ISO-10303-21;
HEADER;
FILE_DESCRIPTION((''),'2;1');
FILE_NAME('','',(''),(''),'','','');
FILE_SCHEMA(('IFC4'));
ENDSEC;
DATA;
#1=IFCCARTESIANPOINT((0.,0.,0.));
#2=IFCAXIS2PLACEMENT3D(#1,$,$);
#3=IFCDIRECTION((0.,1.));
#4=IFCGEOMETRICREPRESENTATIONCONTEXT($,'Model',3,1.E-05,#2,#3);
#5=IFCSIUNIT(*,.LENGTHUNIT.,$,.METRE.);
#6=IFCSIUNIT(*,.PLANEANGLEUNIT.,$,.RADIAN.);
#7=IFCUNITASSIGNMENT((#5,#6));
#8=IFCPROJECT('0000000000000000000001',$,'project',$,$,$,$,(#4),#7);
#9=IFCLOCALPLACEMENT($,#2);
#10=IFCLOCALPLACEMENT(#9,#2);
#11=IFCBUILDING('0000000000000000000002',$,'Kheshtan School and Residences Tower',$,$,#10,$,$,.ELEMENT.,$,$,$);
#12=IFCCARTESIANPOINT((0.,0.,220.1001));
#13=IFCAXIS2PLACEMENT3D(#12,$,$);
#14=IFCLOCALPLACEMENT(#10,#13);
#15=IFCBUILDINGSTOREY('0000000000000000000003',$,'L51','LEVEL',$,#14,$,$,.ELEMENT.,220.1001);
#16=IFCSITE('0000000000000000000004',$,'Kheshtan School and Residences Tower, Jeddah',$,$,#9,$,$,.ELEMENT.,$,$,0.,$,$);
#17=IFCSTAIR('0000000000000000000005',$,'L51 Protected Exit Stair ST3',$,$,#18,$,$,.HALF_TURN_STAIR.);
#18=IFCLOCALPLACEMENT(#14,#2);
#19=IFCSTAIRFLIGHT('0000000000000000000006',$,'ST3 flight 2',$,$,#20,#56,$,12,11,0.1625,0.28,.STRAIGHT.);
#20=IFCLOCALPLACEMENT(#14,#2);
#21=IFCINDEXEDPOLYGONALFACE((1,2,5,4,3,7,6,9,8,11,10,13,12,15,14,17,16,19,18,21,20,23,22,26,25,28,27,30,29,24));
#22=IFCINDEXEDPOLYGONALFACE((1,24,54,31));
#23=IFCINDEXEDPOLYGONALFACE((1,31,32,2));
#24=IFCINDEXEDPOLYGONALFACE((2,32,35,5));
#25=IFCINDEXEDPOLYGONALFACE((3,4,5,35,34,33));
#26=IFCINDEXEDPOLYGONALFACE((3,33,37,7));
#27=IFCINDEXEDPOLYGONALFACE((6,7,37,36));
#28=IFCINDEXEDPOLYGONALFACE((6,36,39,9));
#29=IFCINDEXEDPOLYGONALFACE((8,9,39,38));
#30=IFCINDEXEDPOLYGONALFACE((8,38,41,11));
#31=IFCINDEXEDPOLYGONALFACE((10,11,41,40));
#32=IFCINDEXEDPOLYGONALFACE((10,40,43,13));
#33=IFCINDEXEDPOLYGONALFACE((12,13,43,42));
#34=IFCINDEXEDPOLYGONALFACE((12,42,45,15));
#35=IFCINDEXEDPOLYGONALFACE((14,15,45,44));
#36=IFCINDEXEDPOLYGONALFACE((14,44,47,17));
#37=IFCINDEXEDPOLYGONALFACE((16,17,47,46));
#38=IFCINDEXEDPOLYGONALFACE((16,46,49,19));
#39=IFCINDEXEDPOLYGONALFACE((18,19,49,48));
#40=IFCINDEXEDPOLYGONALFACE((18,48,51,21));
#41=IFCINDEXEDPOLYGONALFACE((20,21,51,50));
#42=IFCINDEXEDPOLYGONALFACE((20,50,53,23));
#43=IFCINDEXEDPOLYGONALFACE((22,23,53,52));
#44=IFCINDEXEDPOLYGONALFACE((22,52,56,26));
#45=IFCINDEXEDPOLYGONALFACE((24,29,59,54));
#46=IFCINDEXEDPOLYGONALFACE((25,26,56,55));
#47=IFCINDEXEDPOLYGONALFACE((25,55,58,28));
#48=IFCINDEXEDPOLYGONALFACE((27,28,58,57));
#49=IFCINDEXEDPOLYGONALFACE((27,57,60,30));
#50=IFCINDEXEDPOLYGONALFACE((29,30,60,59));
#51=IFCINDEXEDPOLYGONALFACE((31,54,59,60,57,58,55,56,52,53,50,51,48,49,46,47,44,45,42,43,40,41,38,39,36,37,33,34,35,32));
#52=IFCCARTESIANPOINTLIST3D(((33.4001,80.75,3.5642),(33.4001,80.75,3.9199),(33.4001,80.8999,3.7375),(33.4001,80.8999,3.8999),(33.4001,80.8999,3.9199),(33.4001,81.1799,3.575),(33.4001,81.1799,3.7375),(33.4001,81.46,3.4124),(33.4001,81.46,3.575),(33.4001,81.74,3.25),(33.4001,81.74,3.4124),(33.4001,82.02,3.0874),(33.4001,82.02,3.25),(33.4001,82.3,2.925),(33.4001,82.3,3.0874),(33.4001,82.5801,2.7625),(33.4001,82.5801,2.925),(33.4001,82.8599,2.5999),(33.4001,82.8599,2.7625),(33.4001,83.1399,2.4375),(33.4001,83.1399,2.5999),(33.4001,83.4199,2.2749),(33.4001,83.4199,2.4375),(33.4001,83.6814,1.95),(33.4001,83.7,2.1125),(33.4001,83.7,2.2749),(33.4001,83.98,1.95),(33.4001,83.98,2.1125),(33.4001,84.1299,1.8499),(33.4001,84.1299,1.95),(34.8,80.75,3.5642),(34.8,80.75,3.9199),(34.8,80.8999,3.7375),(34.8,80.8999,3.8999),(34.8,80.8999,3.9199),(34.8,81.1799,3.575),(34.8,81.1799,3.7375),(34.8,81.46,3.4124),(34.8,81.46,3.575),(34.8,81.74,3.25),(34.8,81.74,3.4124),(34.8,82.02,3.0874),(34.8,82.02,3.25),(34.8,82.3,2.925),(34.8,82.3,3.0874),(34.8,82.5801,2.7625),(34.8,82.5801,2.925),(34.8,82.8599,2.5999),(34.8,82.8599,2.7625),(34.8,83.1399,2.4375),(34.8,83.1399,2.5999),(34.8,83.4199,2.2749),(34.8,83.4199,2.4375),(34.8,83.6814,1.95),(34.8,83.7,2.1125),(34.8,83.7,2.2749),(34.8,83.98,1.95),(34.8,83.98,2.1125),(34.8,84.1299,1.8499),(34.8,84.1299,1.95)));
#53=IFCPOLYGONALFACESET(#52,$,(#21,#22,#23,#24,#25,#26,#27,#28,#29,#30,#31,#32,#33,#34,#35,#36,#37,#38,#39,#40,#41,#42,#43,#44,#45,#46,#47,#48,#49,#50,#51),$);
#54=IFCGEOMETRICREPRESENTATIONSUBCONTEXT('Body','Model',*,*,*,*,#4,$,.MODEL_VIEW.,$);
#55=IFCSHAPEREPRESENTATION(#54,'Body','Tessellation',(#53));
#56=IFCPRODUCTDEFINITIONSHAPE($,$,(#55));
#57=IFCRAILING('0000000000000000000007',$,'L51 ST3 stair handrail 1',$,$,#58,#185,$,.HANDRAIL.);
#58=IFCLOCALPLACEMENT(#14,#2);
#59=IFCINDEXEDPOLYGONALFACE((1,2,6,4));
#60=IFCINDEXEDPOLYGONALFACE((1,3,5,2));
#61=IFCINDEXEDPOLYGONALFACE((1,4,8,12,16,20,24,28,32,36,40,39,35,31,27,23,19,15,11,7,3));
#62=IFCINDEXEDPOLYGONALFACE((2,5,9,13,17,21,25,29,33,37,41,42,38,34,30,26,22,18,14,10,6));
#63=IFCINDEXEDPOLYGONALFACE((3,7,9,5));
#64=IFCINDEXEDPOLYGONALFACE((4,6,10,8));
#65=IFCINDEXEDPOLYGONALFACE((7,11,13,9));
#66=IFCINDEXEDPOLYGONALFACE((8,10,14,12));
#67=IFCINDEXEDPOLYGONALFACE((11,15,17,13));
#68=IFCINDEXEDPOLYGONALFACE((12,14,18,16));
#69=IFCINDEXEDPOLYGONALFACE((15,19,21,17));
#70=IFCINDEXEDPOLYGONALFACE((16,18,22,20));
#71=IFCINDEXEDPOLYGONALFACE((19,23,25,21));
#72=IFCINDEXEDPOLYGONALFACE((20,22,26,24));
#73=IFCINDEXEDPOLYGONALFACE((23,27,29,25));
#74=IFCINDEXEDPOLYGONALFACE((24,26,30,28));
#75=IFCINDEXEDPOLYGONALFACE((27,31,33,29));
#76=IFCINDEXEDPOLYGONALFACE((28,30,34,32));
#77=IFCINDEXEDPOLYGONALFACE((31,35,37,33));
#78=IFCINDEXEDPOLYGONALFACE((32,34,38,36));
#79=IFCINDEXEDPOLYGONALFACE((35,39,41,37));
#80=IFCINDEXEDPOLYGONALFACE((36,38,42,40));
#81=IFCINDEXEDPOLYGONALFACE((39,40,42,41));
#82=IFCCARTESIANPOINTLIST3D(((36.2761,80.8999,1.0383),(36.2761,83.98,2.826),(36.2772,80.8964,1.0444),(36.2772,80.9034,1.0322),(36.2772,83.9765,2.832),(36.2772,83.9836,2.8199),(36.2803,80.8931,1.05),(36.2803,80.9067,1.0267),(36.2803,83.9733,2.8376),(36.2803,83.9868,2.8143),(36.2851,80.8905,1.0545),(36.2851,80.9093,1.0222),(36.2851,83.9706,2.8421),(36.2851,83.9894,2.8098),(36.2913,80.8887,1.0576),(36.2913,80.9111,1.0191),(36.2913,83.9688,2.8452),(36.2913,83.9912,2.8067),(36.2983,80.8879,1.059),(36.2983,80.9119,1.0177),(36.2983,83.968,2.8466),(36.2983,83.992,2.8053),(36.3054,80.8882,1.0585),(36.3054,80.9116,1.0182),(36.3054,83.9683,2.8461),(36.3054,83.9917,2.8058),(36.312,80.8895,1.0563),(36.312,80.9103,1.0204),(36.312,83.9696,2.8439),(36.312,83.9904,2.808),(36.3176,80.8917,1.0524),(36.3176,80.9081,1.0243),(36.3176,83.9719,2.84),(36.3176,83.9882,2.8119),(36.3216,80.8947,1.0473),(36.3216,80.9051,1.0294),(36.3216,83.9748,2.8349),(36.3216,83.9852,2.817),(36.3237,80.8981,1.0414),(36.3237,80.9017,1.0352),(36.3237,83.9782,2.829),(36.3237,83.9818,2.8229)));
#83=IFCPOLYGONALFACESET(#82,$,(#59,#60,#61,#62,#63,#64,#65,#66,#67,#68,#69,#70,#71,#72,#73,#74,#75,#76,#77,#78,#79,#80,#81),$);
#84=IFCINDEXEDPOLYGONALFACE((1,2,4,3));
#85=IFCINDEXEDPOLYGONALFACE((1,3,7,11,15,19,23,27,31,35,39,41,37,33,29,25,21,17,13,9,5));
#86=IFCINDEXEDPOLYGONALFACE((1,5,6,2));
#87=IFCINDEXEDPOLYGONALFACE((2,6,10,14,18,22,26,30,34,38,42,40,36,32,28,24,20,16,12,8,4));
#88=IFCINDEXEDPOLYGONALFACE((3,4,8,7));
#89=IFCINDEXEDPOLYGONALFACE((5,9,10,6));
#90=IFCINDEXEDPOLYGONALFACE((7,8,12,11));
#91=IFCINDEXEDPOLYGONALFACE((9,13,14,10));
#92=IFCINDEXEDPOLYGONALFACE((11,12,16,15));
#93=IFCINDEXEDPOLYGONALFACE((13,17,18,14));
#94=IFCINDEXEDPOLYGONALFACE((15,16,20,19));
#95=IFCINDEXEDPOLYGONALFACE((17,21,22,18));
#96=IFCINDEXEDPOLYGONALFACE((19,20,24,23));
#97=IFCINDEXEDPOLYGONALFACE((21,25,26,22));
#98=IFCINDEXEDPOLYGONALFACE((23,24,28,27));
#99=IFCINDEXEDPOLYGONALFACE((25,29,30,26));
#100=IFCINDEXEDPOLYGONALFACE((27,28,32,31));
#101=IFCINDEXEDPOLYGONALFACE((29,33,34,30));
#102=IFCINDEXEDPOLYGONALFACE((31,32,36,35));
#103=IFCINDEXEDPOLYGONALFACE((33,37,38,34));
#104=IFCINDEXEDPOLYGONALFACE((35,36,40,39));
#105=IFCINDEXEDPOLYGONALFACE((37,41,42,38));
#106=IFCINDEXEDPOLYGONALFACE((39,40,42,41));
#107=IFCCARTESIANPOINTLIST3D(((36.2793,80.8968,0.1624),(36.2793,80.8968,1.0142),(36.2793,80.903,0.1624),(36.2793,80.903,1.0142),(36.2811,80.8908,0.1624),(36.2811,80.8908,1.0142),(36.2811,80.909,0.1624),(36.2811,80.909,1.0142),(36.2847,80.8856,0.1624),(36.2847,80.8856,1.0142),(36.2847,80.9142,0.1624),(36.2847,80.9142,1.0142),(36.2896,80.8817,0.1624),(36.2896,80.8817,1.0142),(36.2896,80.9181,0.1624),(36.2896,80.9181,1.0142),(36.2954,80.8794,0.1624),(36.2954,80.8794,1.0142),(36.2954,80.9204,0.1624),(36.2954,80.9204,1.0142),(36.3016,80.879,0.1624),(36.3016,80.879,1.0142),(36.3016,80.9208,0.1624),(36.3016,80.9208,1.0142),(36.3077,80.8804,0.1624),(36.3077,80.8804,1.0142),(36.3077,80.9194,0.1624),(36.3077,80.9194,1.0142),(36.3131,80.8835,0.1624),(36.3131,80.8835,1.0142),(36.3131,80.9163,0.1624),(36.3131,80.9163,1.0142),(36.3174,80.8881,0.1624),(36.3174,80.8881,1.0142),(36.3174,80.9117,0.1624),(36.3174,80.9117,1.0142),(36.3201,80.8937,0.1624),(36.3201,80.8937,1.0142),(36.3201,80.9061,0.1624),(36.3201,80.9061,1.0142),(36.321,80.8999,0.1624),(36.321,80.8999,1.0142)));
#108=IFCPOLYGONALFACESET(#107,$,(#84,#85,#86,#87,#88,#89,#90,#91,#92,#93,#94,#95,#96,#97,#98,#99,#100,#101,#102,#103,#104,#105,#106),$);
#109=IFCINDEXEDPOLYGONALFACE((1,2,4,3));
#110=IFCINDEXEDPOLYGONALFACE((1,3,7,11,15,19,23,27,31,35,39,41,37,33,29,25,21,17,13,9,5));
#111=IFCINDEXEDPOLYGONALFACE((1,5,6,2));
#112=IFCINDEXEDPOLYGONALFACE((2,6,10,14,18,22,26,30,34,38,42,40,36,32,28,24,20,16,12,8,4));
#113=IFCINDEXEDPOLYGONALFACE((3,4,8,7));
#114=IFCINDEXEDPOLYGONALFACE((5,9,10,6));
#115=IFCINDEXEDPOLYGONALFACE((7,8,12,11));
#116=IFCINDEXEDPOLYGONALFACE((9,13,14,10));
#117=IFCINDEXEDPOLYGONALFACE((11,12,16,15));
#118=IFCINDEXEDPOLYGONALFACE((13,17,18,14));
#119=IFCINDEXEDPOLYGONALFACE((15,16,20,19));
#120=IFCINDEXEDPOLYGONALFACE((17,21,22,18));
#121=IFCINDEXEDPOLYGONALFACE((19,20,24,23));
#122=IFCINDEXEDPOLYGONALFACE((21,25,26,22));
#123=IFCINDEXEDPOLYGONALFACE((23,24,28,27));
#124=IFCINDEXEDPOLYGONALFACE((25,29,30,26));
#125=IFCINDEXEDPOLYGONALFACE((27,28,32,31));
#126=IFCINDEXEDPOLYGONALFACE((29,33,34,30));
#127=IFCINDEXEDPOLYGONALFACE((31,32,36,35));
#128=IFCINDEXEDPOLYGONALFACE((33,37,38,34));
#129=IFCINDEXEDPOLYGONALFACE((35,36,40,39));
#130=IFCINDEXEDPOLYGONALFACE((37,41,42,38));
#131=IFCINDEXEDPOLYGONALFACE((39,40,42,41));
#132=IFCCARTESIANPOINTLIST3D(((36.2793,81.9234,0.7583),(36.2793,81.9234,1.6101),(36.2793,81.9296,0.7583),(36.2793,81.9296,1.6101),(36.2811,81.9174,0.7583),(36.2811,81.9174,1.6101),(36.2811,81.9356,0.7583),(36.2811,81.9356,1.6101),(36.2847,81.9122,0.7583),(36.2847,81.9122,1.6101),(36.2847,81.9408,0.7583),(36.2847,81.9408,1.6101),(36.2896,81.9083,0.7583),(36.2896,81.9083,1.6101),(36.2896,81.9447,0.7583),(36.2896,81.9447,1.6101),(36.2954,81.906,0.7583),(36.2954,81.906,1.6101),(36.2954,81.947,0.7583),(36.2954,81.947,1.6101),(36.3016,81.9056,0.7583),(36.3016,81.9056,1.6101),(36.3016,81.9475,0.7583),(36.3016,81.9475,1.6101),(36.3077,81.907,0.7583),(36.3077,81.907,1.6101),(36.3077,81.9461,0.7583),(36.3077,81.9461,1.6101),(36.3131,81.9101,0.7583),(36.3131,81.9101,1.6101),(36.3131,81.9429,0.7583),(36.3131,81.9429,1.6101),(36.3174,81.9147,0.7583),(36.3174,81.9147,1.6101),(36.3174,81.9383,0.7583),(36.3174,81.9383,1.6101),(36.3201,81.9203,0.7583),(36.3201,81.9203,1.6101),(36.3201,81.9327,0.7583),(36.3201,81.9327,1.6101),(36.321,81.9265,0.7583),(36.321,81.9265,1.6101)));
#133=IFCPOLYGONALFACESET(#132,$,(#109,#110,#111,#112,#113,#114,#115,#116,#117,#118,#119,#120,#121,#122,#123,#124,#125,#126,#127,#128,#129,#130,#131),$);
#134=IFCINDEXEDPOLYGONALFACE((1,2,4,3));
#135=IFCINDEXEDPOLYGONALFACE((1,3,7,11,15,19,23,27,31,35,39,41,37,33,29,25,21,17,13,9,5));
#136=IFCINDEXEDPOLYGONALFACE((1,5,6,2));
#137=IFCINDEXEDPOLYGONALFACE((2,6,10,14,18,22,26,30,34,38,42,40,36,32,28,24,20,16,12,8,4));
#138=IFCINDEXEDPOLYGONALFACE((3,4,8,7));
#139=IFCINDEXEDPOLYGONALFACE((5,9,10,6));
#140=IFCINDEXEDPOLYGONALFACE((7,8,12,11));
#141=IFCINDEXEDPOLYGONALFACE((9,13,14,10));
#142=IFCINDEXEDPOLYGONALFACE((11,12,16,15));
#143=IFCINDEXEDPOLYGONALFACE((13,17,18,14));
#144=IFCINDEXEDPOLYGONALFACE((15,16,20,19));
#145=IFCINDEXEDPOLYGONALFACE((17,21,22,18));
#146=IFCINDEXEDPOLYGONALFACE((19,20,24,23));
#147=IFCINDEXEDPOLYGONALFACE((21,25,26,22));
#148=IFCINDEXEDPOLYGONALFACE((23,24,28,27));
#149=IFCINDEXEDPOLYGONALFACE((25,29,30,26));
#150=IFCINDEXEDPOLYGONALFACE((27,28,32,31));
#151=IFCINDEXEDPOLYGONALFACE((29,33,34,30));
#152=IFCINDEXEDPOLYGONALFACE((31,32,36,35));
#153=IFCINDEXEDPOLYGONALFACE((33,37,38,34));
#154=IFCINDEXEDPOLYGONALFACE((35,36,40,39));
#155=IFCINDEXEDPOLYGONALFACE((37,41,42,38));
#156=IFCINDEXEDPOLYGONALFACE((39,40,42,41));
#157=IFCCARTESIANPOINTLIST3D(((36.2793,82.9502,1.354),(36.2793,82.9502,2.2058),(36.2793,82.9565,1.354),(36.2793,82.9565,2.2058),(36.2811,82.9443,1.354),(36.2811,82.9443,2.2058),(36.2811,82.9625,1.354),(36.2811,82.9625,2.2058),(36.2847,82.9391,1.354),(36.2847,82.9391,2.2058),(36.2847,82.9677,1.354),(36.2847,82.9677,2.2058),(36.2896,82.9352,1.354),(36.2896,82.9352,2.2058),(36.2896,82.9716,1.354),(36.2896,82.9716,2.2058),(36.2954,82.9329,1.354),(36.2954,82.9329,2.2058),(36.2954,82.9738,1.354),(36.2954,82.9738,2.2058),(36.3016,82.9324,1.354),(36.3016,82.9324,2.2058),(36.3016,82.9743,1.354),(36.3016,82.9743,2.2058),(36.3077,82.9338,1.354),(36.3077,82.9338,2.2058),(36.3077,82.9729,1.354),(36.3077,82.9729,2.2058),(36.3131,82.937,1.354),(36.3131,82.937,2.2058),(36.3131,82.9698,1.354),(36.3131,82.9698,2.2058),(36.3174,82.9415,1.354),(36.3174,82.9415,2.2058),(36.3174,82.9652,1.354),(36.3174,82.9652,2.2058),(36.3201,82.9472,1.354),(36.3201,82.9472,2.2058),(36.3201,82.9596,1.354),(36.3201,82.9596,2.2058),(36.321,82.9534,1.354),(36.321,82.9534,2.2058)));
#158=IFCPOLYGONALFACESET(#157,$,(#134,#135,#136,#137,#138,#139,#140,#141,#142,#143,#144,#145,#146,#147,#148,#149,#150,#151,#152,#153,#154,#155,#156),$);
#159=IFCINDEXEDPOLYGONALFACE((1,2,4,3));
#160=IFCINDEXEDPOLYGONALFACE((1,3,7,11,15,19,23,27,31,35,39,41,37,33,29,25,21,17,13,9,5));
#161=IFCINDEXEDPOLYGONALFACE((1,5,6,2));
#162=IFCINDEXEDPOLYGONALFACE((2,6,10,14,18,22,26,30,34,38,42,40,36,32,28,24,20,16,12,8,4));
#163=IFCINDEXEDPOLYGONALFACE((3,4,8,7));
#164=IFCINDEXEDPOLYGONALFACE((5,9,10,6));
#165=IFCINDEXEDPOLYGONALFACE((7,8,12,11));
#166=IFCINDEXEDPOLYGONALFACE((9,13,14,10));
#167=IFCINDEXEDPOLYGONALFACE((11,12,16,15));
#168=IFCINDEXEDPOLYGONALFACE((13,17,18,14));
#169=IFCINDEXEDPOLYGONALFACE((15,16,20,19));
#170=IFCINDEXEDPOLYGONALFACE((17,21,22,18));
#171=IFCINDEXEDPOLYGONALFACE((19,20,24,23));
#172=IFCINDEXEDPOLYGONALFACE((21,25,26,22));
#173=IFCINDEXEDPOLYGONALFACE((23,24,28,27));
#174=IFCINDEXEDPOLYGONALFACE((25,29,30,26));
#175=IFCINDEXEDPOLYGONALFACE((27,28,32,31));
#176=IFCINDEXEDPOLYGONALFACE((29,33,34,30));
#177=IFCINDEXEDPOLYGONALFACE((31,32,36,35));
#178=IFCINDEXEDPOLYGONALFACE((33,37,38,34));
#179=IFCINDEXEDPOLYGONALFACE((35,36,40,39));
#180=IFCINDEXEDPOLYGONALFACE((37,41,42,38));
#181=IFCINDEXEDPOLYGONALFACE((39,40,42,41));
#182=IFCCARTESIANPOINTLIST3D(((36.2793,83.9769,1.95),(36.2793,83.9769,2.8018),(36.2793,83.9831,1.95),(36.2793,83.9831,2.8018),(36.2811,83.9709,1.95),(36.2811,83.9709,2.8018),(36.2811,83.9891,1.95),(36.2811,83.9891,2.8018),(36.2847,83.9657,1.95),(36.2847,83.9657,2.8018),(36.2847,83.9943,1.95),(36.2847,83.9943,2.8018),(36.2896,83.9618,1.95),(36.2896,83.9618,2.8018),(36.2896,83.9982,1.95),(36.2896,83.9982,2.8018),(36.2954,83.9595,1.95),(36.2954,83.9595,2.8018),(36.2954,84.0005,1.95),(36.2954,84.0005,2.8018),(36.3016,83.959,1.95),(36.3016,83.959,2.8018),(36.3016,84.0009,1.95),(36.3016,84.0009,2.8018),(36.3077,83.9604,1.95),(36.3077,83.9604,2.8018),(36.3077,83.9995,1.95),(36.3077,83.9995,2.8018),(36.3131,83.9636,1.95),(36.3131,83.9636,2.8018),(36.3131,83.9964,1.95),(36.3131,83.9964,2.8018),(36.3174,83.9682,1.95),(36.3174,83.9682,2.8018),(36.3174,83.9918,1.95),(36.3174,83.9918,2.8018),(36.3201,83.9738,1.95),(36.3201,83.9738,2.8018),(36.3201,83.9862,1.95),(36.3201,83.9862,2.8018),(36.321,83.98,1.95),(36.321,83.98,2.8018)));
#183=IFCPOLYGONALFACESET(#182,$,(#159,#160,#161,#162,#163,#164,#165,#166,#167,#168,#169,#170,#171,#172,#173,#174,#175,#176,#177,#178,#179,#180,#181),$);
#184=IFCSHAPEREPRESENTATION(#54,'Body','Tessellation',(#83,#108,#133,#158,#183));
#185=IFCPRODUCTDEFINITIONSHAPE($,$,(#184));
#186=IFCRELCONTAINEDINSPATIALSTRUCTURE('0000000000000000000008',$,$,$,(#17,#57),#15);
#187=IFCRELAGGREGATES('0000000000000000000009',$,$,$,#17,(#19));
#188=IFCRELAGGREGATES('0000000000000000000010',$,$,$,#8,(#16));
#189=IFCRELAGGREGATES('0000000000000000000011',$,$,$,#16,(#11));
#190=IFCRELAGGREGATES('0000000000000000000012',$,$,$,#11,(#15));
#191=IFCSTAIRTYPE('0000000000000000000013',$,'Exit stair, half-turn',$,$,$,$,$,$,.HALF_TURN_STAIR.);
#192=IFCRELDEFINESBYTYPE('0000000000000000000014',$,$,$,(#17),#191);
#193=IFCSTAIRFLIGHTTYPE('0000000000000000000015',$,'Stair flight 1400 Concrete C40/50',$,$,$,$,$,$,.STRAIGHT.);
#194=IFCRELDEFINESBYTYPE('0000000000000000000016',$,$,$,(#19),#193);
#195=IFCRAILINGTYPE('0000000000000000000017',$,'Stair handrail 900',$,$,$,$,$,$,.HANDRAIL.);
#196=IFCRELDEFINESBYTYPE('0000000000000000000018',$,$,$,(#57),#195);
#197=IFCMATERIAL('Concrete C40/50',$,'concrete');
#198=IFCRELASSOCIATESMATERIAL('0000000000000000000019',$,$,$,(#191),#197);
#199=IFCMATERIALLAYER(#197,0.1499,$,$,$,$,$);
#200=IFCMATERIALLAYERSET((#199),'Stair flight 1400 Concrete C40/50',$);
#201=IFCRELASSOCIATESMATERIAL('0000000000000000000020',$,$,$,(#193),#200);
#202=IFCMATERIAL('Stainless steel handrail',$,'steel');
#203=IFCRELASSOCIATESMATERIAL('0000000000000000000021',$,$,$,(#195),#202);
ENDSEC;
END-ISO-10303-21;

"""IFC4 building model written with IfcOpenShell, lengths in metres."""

from ifc_helpers import new_model, si_unit, direction, frame, origin, origin_2d, place, context, subcontext, project, spatial, polyline, circle, outline, extrude, material, layer, layer_set, type_object, element, aggregate, save


model = new_model("IFC4")

# Units and contexts
model_context = context("Model", 3, precision=1e-05, world=origin(), true_north=direction((0.0, 1.0)))
body_context = subcontext(model_context, "Body", "Model", "MODEL_VIEW")
ifc_project = project(units=[si_unit("LENGTHUNIT", "METRE"), si_unit("PLANEANGLEUNIT", "RADIAN")], contexts=[model_context])

# Site, building, storey
site_placement = place(None, origin())
site = spatial("IfcSite", under=ifc_project, at=site_placement, Name="Kheshtan School and Residences Tower, Jeddah", CompositionType="ELEMENT", RefElevation=0.0)
building_placement = place(site_placement, origin())
building = spatial("IfcBuilding", under=site, at=building_placement, Name="Kheshtan School and Residences Tower", CompositionType="ELEMENT")
storey_placement = place(building_placement, frame((0.0, 0.0, 220.1001)))
storey = spatial("IfcBuildingStorey", under=building, at=storey_placement, Name="L51", Description="LEVEL", CompositionType="ELEMENT", Elevation=220.1001)

# Shared definitions
ifc_material_1 = material(Name="Concrete C40/50", Category="concrete")

# Stair, stair flight
stair_type = type_object("IfcStairType", Name="Exit stair, half-turn", PredefinedType="HALF_TURN_STAIR", material=ifc_material_1)
stair_placement = place(storey_placement, origin())
stair = element("IfcStair", 1, at=stair_placement, inside=storey, type_object=stair_type, Name="L51 Protected Exit Stair ST3", PredefinedType="HALF_TURN_STAIR")
ifc_layer_1 = layer(ifc_material_1, 0.1499)
ifc_layer_set_1 = layer_set([ifc_layer_1], Name="Stair flight 1400 Concrete C40/50")
stair_flight_type = type_object("IfcStairFlightType", Name="Stair flight 1400 Concrete C40/50", PredefinedType="STRAIGHT", material=ifc_layer_set_1)
stair_flight_1_placement = place(storey_placement, frame((34.1001, 83.98, 1.95), z_axis=(0.0, 0.0, 1.0), x_axis=(0.0, -1.0, 0.0)))
stair_flight_1 = element("IfcStairFlight", 2, at=stair_flight_1_placement, type_object=stair_flight_type, Name="ST3 flight 2", NumberOfRisers=12, NumberOfTreads=11, PredefinedType="STRAIGHT", RiserHeight=0.1625, TreadLength=0.28, context=body_context, shape_type="SweptSolid", body=[
    extrude(outline(polyline([(-0.1499, -0.1001), (-0.1499, 0.0), (0.0, 0.0), (0.0, 0.1626), (0.28, 0.1626), (0.28, 0.325), (0.5601, 0.325), (0.5601, 0.4875), (0.8401, 0.4875), (0.8401, 0.6499), (1.1201, 0.6499), (1.1201, 0.8125), (1.3999, 0.8125), (1.3999, 0.9751), (1.6799, 0.9751), (1.6799, 1.1375), (1.96, 1.1375), (1.96, 1.3), (2.24, 1.3), (2.24, 1.4624), (2.52, 1.4624), (2.52, 1.625), (2.8, 1.625), (2.8, 1.7876), (3.0801, 1.7876), (3.0801, 1.95), (3.0801, 1.97), (3.23, 1.97), (3.23, 1.6143), (0.2986, 0.0), (-0.1499, -0.1001)])), frame((0.0, 0.7, 0.0), z_axis=(0.0, -1.0, 0.0), x_axis=(1.0, 0.0, 0.0)), (0.0, 0.0, 1.0), 1.3999),
])
aggregate(stair, [stair_flight_1])

# Railing
ifc_material_2 = material(Name="Stainless steel handrail", Category="steel")
railing_type_1 = type_object("IfcRailingType", Name="Stair handrail 900", PredefinedType="HANDRAIL", material=ifc_material_2)
railing_1_placement = place(storey_placement, frame((36.3, 80.8999, 0.1624)))
element("IfcRailing", 3, at=railing_1_placement, inside=storey, type_object=railing_type_1, Name="L51 ST3 stair handrail 1", PredefinedType="HANDRAIL", context=body_context, shape_type="SweptSolid", body=[
    extrude(circle(Radius=0.0239, at=origin_2d()), frame((0.0, 0.0, 0.876), z_axis=(0.0, 0.864891, 0.50196), x_axis=(-1.0, 0.0, 0.0)), (0.0, 0.0, 1.0), 3.5613),
    extrude(circle(Radius=0.021, at=origin_2d()), origin(), (0.0, 0.0, 1.0), 0.8518),
    extrude(circle(Radius=0.021, at=origin_2d()), frame((0.0, 1.0266, 0.5959)), (0.0, 0.0, 1.0), 0.8518),
    extrude(circle(Radius=0.021, at=origin_2d()), frame((0.0, 2.0535, 1.1917)), (0.0, 0.0, 1.0), 0.8518),
    extrude(circle(Radius=0.021, at=origin_2d()), frame((0.0, 3.0801, 1.7876)), (0.0, 0.0, 1.0), 0.8518),
])

save(model, "model.ifc")
